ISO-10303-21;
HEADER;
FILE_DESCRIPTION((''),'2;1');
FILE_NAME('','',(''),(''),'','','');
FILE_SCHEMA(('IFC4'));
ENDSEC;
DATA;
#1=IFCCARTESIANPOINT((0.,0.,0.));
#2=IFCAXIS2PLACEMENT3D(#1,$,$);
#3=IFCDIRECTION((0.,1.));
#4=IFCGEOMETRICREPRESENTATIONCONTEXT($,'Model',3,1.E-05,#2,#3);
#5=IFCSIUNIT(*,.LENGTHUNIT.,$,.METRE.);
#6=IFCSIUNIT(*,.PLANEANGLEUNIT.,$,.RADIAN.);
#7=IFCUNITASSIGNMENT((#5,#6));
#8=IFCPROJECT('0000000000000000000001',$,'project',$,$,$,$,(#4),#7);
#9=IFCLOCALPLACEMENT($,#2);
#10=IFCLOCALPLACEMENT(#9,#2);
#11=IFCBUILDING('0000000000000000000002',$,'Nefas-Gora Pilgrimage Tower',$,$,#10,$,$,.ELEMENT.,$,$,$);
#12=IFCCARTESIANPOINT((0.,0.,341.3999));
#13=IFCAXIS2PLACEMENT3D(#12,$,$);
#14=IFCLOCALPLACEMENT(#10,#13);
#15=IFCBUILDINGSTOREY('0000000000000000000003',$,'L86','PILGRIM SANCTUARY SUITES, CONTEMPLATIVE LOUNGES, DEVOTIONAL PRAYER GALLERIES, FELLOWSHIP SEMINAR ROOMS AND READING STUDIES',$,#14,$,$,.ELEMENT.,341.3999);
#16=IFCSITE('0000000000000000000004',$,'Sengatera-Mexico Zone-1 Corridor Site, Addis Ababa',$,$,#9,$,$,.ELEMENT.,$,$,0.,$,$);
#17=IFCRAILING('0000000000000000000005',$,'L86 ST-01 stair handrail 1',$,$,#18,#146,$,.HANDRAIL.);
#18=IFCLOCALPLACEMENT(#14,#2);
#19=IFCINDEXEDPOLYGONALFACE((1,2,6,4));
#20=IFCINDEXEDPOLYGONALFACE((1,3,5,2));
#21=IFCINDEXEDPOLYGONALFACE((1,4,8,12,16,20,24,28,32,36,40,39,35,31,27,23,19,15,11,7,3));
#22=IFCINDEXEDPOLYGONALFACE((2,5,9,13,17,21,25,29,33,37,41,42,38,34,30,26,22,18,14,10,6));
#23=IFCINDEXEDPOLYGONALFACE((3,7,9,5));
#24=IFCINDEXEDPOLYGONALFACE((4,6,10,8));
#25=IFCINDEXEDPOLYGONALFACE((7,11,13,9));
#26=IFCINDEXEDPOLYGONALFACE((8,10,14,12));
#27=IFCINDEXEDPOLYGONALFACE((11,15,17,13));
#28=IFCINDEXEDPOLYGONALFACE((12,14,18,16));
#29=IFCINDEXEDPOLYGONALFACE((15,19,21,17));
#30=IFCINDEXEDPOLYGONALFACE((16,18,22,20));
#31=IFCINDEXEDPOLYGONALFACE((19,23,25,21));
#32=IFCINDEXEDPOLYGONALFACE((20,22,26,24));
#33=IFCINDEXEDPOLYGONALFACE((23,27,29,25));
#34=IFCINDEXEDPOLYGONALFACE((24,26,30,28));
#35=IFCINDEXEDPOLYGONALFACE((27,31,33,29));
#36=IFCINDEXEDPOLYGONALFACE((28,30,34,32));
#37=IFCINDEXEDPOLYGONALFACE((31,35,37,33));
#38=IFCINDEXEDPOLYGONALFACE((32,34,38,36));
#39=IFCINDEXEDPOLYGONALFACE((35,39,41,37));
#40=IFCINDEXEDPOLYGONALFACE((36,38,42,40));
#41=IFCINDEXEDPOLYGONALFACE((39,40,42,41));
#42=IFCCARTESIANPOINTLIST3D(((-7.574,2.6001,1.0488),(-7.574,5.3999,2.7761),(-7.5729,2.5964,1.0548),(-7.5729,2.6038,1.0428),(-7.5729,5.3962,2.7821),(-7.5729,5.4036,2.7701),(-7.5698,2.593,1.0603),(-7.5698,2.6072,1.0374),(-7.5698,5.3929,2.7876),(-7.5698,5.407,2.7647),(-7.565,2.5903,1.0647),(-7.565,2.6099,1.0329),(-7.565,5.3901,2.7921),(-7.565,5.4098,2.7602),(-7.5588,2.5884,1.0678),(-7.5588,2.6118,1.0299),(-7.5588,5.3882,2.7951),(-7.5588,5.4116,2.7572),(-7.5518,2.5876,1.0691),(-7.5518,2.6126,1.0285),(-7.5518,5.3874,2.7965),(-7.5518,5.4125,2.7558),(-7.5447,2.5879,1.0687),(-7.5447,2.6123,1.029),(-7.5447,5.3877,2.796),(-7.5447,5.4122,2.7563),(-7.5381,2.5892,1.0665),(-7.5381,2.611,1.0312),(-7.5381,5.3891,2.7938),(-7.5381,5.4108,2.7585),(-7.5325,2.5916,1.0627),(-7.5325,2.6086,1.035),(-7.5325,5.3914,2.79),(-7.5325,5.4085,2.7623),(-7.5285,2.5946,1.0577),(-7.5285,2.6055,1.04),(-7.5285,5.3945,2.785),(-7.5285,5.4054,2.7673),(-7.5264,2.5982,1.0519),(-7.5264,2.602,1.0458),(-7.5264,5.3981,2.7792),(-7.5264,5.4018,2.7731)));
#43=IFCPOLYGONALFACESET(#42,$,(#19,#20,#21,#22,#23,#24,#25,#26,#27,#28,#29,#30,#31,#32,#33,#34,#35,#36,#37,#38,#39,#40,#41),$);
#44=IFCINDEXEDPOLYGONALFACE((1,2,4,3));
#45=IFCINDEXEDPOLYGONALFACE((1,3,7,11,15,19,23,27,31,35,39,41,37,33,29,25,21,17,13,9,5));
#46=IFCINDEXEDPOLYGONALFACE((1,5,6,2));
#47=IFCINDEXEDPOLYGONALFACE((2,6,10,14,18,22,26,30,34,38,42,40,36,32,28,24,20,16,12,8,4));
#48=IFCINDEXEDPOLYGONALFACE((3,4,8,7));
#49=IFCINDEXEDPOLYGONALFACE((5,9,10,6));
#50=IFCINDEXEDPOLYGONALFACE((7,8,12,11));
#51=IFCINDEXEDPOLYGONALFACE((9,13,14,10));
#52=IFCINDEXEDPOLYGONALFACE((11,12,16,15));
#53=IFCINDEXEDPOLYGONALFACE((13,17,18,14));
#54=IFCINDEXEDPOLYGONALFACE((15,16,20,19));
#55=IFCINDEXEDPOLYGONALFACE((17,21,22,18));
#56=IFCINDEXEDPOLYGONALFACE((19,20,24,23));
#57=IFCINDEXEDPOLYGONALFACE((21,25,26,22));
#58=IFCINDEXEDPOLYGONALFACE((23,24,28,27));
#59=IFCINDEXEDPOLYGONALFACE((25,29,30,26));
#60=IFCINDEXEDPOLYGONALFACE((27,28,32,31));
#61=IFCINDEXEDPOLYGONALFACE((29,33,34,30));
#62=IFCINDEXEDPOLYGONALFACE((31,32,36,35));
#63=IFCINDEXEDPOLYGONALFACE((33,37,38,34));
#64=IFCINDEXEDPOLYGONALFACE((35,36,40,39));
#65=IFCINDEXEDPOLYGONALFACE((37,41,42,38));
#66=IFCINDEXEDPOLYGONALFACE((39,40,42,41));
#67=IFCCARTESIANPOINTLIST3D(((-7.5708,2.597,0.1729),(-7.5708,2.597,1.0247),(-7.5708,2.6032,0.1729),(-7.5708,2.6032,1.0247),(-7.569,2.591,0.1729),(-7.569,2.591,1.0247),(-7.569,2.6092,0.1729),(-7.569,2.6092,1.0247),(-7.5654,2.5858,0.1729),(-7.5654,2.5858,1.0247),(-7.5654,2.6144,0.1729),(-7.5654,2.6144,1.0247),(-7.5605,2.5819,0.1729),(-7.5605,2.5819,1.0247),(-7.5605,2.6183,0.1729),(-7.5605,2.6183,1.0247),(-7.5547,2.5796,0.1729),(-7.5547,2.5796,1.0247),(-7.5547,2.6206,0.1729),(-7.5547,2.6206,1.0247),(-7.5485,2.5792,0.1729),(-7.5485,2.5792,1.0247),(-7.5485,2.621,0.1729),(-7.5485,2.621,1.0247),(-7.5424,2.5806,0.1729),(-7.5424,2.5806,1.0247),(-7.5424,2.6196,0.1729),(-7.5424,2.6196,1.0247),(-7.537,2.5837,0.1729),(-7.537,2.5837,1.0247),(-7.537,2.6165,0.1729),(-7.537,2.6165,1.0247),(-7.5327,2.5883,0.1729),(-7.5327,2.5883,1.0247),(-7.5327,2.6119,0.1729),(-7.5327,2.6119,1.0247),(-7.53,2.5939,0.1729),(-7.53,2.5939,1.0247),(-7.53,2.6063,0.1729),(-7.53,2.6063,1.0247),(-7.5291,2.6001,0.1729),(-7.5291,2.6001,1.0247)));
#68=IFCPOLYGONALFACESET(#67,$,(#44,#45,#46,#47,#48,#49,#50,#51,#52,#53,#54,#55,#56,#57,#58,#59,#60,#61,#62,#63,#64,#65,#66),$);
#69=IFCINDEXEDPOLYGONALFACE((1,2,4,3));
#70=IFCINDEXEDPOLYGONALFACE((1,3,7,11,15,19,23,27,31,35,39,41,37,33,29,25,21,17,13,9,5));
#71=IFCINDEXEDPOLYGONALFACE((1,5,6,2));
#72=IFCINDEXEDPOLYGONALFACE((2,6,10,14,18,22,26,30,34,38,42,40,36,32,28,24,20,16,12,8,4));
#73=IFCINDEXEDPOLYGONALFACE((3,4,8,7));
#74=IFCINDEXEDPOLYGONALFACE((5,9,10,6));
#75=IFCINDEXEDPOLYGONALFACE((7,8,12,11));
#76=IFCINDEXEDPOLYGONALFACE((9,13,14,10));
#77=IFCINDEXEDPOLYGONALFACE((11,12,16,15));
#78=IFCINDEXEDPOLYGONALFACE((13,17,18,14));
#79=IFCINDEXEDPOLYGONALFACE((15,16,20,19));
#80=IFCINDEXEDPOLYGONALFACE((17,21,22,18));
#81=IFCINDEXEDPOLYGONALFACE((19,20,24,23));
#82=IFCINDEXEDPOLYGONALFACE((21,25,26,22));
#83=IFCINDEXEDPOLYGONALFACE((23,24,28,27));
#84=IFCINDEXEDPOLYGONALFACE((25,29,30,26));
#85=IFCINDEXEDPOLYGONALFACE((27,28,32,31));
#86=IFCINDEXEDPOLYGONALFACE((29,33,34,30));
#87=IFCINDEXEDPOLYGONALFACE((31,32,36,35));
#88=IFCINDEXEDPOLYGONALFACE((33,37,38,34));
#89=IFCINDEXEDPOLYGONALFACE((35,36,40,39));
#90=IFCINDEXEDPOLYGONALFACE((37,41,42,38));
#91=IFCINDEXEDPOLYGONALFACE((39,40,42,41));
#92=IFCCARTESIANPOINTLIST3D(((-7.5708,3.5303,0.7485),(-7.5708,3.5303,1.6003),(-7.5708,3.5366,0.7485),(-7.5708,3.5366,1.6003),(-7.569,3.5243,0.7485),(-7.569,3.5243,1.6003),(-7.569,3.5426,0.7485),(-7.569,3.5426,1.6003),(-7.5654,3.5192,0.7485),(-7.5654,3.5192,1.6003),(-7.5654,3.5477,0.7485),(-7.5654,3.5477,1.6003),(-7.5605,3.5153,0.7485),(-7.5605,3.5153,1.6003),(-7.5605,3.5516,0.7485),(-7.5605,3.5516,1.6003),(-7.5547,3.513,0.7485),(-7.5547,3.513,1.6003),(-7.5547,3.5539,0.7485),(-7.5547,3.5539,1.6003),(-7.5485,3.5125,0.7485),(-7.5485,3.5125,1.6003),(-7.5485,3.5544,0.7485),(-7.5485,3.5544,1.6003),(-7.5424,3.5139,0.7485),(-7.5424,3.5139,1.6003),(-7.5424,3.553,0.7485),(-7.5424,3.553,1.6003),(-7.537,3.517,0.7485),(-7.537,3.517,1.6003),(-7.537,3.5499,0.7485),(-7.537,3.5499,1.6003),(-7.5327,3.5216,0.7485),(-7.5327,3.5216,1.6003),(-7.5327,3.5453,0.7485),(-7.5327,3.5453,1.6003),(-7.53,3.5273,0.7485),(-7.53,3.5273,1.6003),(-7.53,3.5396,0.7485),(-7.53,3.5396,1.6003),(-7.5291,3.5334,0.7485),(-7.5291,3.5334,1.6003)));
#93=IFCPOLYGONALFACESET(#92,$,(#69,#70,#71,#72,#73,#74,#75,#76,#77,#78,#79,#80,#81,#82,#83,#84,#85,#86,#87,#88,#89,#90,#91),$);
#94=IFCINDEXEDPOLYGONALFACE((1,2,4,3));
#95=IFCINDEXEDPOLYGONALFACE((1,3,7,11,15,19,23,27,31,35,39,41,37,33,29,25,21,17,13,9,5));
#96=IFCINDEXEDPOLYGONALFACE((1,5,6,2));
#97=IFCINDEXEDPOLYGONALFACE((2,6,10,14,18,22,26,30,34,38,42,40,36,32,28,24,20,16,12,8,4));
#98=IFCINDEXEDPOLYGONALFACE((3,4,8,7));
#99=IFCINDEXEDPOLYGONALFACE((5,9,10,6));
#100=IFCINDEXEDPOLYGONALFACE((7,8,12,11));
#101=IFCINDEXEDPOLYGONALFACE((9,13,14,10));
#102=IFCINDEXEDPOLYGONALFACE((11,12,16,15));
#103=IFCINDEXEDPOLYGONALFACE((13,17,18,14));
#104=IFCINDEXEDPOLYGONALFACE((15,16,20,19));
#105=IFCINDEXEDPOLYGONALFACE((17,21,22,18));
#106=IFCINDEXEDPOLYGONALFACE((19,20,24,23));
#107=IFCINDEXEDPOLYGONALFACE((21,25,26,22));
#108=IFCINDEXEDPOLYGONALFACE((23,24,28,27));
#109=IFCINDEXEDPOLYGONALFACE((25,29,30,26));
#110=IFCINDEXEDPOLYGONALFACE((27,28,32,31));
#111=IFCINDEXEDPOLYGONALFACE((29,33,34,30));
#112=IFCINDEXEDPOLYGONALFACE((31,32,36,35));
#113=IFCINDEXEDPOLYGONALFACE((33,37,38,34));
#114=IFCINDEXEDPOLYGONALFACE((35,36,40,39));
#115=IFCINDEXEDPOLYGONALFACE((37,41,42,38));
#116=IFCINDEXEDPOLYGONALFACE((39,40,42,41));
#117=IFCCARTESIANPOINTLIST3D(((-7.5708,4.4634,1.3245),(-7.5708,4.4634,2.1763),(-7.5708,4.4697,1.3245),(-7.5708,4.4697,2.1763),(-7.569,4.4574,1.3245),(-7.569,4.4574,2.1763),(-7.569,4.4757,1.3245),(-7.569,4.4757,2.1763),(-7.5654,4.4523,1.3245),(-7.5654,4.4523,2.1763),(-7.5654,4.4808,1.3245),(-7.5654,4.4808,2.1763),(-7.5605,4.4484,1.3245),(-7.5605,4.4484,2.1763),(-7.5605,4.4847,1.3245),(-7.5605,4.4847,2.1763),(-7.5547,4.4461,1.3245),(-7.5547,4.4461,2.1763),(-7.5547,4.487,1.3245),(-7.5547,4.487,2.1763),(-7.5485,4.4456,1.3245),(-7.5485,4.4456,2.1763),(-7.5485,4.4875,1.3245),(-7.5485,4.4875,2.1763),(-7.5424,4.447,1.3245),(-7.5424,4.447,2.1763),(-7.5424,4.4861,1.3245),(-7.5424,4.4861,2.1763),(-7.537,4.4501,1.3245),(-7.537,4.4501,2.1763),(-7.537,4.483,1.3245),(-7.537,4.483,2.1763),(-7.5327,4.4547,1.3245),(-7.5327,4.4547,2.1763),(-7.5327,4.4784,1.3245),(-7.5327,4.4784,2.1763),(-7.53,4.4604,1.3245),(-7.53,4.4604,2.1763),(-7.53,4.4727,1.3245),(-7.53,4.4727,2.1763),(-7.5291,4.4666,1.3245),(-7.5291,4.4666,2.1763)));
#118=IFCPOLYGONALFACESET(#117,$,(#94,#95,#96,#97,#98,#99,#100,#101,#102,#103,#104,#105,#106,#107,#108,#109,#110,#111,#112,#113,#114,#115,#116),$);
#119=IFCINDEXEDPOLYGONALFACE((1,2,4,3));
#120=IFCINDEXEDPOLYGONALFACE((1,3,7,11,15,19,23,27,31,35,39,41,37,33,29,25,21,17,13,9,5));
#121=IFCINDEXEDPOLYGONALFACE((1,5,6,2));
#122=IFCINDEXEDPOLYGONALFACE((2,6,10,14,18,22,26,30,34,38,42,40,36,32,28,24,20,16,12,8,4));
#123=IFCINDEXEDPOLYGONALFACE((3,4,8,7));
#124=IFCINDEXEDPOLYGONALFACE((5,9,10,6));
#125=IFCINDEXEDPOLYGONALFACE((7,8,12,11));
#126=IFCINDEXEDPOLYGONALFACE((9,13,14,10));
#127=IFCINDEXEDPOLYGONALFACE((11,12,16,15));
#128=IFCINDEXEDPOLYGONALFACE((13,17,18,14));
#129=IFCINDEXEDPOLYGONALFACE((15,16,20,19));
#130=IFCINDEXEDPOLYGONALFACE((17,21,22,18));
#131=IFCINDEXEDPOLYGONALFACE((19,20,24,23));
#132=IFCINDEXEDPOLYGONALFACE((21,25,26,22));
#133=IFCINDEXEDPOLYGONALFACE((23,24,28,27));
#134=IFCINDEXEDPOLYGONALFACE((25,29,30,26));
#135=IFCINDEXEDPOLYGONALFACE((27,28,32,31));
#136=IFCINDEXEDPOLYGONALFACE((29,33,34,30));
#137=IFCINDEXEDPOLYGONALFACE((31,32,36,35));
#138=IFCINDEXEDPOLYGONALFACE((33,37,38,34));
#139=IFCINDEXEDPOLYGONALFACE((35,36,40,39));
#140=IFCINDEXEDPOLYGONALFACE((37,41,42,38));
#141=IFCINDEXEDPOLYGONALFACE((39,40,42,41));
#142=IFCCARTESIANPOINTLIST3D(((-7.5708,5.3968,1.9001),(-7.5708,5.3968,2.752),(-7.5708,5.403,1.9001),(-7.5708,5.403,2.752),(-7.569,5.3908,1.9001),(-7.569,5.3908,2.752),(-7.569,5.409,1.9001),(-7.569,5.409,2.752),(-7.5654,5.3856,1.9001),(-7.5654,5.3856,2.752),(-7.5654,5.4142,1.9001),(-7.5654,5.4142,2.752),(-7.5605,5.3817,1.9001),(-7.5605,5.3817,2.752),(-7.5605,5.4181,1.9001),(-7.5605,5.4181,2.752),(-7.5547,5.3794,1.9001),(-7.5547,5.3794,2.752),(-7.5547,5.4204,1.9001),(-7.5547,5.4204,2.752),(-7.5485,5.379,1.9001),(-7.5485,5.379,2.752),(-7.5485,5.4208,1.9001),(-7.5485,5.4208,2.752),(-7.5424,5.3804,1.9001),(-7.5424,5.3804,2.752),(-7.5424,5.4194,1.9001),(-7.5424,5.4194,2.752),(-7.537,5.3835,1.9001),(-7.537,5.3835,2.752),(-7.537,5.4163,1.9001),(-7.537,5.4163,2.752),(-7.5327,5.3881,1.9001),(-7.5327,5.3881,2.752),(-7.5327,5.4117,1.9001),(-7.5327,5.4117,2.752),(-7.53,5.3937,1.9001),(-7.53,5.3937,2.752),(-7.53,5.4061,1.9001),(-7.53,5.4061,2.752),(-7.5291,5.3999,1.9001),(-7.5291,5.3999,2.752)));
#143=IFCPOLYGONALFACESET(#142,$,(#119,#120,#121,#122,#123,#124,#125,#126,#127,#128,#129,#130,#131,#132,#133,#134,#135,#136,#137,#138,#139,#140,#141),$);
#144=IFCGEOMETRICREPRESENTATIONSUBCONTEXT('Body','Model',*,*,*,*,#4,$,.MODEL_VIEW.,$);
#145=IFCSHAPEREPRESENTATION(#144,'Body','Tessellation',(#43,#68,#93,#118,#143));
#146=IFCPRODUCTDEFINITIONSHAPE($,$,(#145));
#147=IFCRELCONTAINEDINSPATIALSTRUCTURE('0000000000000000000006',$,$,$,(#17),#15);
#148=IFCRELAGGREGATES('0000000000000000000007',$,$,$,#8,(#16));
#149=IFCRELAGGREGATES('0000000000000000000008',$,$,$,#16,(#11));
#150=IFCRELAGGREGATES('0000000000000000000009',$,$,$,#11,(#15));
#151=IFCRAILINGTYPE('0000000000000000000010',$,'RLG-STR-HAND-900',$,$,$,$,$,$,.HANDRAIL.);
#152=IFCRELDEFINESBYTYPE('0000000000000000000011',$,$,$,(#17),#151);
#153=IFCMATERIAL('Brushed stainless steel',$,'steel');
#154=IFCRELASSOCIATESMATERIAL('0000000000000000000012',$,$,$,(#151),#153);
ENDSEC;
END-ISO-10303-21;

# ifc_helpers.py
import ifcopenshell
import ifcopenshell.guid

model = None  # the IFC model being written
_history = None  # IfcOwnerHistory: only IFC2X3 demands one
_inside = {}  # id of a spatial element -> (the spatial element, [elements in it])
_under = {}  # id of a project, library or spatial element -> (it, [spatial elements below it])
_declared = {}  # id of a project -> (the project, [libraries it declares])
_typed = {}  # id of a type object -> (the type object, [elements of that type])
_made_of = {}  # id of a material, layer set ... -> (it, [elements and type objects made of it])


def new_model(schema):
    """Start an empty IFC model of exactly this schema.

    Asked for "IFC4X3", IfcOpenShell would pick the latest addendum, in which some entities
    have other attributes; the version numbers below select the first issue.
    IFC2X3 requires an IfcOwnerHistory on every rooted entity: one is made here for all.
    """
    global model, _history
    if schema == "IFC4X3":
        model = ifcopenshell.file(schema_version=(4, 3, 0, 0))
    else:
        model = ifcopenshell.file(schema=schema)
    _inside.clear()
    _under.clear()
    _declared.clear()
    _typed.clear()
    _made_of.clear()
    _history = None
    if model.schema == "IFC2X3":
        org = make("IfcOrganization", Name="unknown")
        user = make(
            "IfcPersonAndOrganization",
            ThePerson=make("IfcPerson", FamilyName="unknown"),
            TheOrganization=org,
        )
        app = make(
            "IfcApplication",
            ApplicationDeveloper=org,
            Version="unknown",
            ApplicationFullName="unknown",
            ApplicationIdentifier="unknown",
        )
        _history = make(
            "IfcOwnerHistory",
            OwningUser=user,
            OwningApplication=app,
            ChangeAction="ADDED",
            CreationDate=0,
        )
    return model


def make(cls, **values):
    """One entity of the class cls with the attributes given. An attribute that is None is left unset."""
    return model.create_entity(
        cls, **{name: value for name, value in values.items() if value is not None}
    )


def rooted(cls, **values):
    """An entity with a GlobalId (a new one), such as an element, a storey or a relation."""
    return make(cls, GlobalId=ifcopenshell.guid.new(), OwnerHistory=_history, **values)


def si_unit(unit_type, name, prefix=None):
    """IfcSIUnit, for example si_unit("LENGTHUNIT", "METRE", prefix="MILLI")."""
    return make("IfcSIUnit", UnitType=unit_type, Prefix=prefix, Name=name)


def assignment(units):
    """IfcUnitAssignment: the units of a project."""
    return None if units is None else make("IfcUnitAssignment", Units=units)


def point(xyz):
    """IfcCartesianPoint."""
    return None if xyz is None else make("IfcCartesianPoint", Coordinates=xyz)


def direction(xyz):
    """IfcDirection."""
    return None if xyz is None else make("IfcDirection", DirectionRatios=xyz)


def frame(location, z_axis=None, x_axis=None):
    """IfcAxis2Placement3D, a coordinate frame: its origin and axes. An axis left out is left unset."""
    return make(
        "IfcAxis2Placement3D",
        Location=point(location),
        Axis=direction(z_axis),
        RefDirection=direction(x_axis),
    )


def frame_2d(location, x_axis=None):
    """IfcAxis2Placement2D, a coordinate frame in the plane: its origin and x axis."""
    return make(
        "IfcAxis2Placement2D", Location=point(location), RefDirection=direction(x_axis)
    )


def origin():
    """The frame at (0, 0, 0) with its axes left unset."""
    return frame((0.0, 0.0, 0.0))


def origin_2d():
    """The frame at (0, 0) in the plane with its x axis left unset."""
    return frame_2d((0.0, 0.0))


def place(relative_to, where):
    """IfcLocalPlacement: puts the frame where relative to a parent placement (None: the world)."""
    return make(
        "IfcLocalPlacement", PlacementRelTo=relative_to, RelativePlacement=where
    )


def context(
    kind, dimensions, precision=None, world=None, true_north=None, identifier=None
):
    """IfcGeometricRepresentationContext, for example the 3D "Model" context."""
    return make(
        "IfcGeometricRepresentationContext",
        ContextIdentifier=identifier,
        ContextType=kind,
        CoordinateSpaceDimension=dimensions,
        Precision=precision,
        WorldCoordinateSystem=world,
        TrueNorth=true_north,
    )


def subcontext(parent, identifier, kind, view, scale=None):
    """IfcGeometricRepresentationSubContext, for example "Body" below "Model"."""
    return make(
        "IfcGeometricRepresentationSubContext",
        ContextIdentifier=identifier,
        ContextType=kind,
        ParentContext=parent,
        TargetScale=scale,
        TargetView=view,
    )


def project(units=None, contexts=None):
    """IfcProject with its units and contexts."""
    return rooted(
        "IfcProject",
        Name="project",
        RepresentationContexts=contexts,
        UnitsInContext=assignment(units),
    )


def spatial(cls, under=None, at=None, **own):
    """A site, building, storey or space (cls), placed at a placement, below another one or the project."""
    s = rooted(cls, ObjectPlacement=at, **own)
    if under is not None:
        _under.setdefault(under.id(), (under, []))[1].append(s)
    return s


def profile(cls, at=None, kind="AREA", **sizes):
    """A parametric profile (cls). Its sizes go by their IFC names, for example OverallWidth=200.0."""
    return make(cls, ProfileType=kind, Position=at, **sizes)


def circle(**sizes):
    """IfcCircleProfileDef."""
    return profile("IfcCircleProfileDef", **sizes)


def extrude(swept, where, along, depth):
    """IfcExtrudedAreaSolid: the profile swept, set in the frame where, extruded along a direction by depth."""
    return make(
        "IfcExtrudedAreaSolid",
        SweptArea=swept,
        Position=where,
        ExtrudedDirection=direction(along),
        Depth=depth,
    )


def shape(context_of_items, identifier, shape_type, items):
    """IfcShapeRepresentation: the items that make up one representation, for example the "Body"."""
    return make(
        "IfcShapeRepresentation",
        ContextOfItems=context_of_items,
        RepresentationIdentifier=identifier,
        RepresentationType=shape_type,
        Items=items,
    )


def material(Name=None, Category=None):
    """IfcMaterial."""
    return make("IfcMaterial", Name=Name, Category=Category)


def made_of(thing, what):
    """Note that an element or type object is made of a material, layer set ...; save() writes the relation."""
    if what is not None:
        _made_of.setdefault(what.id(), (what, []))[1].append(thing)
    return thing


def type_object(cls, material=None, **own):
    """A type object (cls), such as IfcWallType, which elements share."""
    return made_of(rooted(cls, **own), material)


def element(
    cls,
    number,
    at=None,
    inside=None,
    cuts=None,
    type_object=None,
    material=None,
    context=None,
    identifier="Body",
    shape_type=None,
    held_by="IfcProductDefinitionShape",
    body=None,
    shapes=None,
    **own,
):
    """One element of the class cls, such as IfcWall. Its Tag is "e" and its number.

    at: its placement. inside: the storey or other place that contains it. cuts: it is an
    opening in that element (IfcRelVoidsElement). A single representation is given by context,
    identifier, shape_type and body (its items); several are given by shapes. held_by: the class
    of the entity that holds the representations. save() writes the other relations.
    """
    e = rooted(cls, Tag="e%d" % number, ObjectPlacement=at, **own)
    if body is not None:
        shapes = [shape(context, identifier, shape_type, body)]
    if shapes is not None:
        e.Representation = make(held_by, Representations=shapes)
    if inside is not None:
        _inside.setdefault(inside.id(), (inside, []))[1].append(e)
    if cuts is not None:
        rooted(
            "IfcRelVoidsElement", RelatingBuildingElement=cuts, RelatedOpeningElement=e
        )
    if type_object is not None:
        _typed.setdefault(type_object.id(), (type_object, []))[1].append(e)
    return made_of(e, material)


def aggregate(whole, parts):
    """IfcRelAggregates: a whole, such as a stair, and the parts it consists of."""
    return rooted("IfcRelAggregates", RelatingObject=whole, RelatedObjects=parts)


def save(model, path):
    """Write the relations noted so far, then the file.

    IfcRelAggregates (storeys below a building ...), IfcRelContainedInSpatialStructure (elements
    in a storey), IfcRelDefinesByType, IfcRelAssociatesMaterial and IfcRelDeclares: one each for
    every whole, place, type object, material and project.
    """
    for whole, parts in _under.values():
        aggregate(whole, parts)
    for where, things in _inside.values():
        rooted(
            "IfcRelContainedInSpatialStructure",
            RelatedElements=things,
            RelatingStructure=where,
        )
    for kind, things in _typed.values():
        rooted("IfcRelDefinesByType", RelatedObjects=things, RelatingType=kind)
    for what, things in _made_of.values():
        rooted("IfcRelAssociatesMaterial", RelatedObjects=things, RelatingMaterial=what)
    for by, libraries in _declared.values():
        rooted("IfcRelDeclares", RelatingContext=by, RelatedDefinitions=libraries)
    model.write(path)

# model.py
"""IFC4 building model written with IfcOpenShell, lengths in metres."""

from ifc_helpers import new_model, si_unit, direction, frame, origin, origin_2d, place, context, subcontext, project, spatial, circle, extrude, material, type_object, element, save


model = new_model("IFC4")

# Units and contexts
model_context = context("Model", 3, precision=1e-05, world=origin(), true_north=direction((0.0, 1.0)))
body_context = subcontext(model_context, "Body", "Model", "MODEL_VIEW")
ifc_project = project(units=[si_unit("LENGTHUNIT", "METRE"), si_unit("PLANEANGLEUNIT", "RADIAN")], contexts=[model_context])

# Site, building, storey
site_placement = place(None, origin())
site = spatial("IfcSite", under=ifc_project, at=site_placement, Name="Sengatera-Mexico Zone-1 Corridor Site, Addis Ababa", CompositionType="ELEMENT", RefElevation=0.0)
building_placement = place(site_placement, origin())
building = spatial("IfcBuilding", under=site, at=building_placement, Name="Nefas-Gora Pilgrimage Tower", CompositionType="ELEMENT")
storey_placement = place(building_placement, frame((0.0, 0.0, 341.3999)))
storey = spatial("IfcBuildingStorey", under=building, at=storey_placement, Name="L86", Description="PILGRIM SANCTUARY SUITES, CONTEMPLATIVE LOUNGES, DEVOTIONAL PRAYER GALLERIES, FELLOWSHIP SEMINAR ROOMS AND READING STUDIES", CompositionType="ELEMENT", Elevation=341.3999)

# Railing
ifc_material_1 = material(Name="Brushed stainless steel", Category="steel")
railing_type_1 = type_object("IfcRailingType", Name="RLG-STR-HAND-900", PredefinedType="HANDRAIL", material=ifc_material_1)
railing_1_placement = place(storey_placement, frame((-7.55, 2.6001, 0.1729)))
element("IfcRailing", 1, at=railing_1_placement, inside=storey, type_object=railing_type_1, Name="L86 ST-01 stair handrail 1", PredefinedType="HANDRAIL", context=body_context, shape_type="SweptSolid", body=[
    extrude(circle(Radius=0.0239, at=origin_2d()), frame((0.0, 0.0, 0.876), z_axis=(0.0, 0.851069, 0.525054), x_axis=(-1.0, 0.0, 0.0)), (0.0, 0.0, 1.0), 3.2898),
    extrude(circle(Radius=0.021, at=origin_2d()), origin(), (0.0, 0.0, 1.0), 0.8518),
    extrude(circle(Radius=0.021, at=origin_2d()), frame((0.0, 0.9333, 0.5757)), (0.0, 0.0, 1.0), 0.8518),
    extrude(circle(Radius=0.021, at=origin_2d()), frame((0.0, 1.8665, 1.1516)), (0.0, 0.0, 1.0), 0.8518),
    extrude(circle(Radius=0.021, at=origin_2d()), frame((0.0, 2.7998, 1.7273)), (0.0, 0.0, 1.0), 0.8518),
])

save(model, "model.ifc")
